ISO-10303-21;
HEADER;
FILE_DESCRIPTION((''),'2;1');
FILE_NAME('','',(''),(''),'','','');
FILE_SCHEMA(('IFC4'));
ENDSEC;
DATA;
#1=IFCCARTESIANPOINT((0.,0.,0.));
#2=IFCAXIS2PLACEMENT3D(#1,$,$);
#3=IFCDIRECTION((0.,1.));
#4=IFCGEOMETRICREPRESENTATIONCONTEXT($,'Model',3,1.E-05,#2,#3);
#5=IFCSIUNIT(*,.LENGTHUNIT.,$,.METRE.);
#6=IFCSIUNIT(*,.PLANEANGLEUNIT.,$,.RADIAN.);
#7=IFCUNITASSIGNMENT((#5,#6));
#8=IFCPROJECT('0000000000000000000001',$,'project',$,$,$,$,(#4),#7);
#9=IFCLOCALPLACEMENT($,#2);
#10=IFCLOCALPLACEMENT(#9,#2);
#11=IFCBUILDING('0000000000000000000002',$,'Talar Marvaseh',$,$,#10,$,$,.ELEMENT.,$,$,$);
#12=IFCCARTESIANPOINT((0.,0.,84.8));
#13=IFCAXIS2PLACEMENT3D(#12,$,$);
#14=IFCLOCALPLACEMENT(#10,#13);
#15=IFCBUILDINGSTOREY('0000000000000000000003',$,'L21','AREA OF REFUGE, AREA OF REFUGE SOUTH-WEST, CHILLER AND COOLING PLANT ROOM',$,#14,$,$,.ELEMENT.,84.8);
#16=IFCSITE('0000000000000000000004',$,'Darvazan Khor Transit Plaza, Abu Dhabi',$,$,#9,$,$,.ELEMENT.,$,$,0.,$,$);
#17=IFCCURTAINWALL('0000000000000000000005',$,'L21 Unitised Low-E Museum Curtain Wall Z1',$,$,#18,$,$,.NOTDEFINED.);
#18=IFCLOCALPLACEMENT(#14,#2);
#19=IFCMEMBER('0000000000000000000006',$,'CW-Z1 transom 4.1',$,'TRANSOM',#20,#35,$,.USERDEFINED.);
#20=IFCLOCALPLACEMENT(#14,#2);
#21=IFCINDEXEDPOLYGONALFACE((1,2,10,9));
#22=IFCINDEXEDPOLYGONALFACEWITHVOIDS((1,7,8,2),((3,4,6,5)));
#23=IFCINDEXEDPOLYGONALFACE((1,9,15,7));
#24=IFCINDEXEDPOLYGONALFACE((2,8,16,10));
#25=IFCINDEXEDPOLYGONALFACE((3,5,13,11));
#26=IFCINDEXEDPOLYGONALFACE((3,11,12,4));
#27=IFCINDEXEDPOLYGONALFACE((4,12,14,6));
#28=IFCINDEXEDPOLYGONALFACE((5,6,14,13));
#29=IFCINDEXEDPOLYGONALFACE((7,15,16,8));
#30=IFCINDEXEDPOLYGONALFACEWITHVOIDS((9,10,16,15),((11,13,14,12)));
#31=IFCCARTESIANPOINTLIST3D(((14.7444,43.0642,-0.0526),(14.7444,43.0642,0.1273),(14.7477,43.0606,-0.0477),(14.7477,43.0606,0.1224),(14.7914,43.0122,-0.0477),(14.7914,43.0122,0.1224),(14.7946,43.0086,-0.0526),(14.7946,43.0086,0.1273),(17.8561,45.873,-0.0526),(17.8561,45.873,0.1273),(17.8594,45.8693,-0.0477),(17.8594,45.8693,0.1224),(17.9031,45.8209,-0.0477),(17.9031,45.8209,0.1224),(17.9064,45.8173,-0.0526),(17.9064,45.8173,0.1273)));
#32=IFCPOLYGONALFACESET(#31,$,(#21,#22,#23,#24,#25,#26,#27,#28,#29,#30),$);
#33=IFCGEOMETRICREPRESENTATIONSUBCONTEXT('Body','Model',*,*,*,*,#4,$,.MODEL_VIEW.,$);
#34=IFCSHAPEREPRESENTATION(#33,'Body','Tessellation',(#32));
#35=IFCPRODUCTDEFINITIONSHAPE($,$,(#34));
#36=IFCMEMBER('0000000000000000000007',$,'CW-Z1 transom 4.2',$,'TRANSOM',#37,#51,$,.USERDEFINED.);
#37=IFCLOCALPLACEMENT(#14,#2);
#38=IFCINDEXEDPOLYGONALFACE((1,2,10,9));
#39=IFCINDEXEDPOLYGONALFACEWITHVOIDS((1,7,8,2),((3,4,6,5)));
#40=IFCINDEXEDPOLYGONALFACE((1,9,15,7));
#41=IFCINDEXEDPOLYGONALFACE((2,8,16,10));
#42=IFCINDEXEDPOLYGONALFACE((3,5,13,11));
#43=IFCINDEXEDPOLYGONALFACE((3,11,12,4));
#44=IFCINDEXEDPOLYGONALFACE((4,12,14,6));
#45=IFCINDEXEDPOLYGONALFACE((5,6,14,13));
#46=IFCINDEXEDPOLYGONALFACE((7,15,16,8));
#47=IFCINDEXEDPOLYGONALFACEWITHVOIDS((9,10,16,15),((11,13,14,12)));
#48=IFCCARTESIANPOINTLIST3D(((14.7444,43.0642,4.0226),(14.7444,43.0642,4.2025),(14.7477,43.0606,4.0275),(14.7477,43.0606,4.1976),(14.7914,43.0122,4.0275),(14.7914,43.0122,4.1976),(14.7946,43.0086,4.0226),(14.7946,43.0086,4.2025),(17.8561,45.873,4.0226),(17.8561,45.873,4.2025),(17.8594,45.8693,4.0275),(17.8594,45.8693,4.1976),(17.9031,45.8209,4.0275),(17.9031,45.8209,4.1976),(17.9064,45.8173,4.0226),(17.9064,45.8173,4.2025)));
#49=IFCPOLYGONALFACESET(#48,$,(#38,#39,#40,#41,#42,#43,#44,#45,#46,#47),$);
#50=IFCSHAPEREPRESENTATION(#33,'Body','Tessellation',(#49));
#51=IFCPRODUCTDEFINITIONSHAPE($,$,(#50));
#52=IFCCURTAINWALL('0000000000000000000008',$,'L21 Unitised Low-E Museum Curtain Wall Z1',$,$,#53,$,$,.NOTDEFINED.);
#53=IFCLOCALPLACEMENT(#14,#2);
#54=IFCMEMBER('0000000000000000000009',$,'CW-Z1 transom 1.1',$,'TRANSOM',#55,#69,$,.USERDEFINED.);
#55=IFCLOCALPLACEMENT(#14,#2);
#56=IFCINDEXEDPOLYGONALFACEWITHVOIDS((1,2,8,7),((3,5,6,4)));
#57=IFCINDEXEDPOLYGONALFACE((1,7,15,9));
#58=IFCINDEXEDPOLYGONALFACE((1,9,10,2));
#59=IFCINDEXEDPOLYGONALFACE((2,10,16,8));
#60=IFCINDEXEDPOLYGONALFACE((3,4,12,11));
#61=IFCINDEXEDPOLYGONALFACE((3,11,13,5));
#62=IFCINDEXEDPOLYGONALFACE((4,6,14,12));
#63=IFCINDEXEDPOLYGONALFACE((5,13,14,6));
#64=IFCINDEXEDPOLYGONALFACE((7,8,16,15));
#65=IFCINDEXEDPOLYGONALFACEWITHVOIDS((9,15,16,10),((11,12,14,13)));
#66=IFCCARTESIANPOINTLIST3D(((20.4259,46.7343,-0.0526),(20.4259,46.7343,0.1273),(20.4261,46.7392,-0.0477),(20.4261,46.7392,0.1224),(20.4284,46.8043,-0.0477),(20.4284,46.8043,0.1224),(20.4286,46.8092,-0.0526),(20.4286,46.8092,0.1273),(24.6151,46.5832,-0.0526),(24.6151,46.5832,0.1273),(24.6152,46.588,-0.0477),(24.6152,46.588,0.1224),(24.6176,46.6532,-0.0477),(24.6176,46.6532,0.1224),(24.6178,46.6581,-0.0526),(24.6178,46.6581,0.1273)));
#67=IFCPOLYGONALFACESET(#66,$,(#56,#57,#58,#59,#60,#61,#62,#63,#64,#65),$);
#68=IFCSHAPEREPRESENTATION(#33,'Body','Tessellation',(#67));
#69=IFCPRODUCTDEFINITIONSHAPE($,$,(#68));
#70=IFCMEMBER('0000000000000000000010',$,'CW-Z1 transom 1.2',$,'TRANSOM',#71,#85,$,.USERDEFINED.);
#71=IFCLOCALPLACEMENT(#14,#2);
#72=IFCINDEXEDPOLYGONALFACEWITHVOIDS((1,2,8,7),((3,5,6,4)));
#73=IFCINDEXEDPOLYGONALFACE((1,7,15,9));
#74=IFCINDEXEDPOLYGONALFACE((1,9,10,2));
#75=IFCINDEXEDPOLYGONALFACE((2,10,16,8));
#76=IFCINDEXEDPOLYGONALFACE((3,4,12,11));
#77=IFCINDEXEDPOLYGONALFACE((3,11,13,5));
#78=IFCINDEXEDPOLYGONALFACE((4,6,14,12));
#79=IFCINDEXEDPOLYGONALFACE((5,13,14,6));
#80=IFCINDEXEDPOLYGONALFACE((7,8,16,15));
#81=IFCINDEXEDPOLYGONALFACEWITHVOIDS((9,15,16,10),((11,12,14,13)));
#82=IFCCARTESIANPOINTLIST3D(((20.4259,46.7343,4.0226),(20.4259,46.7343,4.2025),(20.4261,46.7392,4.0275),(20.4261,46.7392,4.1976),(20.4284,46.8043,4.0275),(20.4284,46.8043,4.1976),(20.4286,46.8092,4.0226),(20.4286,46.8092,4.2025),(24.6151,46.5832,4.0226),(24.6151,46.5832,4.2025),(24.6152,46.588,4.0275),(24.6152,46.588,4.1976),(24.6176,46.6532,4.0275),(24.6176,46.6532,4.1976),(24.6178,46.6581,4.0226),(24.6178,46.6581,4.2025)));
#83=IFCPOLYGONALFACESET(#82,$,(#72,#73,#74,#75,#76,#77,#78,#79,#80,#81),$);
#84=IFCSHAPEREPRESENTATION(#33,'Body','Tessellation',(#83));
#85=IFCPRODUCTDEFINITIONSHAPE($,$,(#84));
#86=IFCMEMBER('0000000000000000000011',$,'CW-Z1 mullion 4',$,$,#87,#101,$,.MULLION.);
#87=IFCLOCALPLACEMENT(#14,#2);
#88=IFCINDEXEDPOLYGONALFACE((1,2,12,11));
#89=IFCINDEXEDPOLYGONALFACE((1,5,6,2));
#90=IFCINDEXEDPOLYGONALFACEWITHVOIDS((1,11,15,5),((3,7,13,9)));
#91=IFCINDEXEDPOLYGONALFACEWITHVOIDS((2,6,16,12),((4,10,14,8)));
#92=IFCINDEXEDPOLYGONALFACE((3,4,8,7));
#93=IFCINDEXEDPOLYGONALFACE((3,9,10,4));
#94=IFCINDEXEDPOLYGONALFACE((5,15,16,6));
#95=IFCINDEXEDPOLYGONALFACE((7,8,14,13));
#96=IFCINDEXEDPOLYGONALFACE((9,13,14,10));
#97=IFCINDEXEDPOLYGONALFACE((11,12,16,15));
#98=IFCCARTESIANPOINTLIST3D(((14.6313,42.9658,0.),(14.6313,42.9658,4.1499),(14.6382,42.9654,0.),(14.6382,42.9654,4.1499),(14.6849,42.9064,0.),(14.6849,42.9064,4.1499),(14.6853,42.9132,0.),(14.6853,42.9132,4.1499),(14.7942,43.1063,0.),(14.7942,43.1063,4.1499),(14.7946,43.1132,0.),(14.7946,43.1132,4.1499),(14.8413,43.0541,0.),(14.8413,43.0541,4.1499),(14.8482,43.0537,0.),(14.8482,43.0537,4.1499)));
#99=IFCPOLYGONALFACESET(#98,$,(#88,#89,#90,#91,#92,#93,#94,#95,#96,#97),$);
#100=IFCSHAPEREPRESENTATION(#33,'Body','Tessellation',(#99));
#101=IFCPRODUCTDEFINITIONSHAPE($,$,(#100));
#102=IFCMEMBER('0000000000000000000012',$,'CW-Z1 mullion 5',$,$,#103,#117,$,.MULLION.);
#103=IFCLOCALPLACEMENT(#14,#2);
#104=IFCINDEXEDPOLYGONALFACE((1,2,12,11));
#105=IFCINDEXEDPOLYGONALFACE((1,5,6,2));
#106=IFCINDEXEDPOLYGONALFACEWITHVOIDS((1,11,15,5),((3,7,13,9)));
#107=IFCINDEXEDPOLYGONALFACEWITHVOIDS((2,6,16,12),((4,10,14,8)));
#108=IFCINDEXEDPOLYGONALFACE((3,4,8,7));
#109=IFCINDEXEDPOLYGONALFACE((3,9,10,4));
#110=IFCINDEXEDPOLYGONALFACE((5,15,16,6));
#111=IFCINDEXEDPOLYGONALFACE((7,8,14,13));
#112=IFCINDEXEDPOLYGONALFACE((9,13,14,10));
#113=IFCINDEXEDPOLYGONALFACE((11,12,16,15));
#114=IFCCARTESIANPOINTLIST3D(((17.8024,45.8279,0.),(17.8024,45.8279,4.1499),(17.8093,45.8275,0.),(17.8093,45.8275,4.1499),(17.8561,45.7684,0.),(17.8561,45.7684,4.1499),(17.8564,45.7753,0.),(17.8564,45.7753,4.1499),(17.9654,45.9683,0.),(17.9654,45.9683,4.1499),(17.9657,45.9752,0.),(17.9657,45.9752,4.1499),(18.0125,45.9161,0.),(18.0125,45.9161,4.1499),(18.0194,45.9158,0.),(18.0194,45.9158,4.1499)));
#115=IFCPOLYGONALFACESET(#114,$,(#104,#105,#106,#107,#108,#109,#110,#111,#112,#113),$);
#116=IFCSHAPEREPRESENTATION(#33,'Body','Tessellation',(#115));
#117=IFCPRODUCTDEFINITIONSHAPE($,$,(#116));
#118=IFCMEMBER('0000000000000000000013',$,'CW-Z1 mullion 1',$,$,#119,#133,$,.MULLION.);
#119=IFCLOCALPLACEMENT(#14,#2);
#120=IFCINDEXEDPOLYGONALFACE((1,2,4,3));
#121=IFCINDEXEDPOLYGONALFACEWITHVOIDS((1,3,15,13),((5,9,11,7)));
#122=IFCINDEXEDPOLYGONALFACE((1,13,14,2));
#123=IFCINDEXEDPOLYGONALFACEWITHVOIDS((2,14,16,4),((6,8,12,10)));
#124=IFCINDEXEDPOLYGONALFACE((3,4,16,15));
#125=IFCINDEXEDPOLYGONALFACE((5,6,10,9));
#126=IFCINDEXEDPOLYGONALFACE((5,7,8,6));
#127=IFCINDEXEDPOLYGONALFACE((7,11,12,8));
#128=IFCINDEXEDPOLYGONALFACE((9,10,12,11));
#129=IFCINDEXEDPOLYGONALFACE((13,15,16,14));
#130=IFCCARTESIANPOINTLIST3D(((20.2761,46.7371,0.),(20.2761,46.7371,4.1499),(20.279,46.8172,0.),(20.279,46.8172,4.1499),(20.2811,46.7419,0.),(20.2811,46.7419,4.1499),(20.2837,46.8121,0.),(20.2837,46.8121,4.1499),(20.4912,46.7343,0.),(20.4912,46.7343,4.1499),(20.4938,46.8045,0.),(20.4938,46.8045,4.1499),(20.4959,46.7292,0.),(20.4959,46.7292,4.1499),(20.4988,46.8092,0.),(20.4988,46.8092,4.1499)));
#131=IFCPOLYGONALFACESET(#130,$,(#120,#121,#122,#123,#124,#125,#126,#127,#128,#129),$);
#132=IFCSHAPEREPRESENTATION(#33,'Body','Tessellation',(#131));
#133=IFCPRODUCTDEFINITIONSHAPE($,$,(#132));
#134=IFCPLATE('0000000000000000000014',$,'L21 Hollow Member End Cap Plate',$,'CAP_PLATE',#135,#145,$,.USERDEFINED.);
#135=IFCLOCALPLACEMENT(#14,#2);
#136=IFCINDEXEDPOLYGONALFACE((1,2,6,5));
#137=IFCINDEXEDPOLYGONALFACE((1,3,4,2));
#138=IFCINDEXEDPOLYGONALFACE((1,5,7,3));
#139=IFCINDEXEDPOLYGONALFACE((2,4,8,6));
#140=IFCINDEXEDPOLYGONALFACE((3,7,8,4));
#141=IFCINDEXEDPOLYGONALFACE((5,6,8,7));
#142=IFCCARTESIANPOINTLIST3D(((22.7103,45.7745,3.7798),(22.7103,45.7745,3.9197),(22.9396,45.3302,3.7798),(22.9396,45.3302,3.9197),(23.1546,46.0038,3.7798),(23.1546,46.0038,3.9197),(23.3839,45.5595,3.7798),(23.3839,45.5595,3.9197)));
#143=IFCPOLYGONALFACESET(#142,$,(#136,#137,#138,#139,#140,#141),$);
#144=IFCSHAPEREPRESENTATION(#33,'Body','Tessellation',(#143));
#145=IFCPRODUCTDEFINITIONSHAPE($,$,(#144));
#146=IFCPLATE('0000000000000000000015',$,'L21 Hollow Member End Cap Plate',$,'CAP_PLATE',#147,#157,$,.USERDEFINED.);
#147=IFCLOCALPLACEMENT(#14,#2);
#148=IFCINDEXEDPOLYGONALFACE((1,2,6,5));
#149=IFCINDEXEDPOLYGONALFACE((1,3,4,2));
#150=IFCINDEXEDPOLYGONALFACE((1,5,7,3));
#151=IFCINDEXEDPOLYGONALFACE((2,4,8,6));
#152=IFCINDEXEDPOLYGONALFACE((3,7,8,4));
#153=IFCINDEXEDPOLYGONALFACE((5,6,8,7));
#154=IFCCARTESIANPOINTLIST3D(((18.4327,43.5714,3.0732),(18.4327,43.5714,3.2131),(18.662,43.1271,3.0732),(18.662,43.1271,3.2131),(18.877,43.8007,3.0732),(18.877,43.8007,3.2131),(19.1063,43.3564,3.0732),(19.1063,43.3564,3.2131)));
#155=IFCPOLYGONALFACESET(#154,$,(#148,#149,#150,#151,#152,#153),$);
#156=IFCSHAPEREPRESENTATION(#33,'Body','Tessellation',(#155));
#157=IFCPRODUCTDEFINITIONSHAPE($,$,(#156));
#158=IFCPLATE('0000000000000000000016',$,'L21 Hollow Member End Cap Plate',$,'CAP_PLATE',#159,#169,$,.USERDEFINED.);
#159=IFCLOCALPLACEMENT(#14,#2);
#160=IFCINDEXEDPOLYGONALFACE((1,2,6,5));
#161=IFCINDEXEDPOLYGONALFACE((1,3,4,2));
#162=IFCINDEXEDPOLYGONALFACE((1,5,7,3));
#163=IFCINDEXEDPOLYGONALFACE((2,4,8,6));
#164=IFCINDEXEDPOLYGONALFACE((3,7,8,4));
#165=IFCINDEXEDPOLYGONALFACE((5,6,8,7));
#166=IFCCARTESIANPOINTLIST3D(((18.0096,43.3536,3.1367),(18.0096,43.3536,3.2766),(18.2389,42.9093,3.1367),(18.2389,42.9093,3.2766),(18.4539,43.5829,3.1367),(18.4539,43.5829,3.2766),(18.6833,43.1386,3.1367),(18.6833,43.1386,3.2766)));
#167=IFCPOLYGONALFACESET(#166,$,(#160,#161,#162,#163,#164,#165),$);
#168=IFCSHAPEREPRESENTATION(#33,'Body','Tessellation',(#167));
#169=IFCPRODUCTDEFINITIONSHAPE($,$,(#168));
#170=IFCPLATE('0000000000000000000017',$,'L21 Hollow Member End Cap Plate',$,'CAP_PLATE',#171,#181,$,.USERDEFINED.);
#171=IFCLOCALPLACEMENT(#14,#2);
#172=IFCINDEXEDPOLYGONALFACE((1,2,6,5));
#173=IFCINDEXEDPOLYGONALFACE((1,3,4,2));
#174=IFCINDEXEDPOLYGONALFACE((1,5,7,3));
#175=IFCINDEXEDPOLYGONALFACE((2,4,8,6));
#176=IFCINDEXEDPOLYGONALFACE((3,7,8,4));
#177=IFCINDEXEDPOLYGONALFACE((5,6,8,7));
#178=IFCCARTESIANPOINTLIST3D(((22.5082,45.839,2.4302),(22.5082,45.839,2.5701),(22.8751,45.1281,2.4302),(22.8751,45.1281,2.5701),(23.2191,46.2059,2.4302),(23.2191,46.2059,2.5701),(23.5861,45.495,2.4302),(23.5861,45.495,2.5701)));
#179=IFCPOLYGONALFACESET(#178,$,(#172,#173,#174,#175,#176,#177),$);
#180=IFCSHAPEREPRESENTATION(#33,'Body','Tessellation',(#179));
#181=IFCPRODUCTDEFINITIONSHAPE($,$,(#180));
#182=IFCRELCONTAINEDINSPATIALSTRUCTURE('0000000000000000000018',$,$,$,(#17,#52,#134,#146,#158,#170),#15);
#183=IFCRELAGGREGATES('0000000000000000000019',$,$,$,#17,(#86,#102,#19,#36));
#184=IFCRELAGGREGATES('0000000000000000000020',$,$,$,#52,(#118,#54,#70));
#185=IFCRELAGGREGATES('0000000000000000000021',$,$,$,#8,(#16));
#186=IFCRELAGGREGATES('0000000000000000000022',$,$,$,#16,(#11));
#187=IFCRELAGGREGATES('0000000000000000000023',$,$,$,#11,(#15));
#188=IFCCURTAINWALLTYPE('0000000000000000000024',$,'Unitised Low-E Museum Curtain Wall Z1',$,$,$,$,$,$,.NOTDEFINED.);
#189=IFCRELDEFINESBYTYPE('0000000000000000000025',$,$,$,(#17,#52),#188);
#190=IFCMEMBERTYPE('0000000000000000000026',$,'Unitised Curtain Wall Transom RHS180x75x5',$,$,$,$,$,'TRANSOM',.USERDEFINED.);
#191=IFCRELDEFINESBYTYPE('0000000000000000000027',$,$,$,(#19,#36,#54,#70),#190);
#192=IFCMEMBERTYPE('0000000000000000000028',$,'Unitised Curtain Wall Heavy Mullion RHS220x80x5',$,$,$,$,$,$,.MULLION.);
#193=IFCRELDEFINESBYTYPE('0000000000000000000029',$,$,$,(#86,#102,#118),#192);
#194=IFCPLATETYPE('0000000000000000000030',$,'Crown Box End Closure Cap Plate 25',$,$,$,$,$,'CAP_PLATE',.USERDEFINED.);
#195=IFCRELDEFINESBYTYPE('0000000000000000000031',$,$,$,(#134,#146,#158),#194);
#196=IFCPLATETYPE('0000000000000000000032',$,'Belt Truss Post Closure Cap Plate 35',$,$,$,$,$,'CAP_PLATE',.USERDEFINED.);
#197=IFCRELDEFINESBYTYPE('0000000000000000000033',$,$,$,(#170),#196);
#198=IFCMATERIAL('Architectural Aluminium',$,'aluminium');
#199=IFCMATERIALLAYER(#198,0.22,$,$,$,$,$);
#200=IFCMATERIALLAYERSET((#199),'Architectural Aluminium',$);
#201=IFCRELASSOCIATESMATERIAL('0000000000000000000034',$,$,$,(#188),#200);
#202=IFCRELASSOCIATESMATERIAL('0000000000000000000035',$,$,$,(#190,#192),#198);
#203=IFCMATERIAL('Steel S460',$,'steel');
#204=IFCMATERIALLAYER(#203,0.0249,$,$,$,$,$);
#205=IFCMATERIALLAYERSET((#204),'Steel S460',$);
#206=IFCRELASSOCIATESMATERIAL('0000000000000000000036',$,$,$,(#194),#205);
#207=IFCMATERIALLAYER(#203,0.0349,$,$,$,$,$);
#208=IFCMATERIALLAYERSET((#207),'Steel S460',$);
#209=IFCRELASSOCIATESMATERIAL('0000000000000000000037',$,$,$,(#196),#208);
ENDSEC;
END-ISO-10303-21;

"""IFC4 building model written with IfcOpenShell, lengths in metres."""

from ifc_helpers import new_model, si_unit, direction, frame, origin, origin_2d, place, context, subcontext, project, spatial, rectangle, hollow_rectangle, extrude, source, transform, mapped, material, layer, layer_set, material_profile, profile_set, type_object, type_shapes, element, aggregate, save


model = new_model("IFC4")

# Units and contexts
model_context = context("Model", 3, precision=1e-05, world=origin(), true_north=direction((0.0, 1.0)))
body_context = subcontext(model_context, "Body", "Model", "MODEL_VIEW")
ifc_project = project(units=[si_unit("LENGTHUNIT", "METRE"), si_unit("PLANEANGLEUNIT", "RADIAN")], contexts=[model_context])

# Site, building, storey
site_placement = place(None, origin())
site = spatial("IfcSite", under=ifc_project, at=site_placement, Name="Darvazan Khor Transit Plaza, Abu Dhabi", CompositionType="ELEMENT", RefElevation=0.0)
building_placement = place(site_placement, origin())
building = spatial("IfcBuilding", under=site, at=building_placement, Name="Talar Marvaseh", CompositionType="ELEMENT")
storey_placement = place(building_placement, frame((0.0, 0.0, 84.8)))
storey = spatial("IfcBuildingStorey", under=building, at=storey_placement, Name="L21", Description="AREA OF REFUGE, AREA OF REFUGE SOUTH-WEST, CHILLER AND COOLING PLANT ROOM", CompositionType="ELEMENT", Elevation=84.8)

# Shared definitions
ifc_material_1 = material(Name="Steel S460", Category="steel")

# Curtain walls, members
ifc_material_2 = material(Name="Architectural Aluminium", Category="aluminium")
ifc_layer_1 = layer(ifc_material_2, 0.22)
ifc_layer_set_1 = layer_set([ifc_layer_1], Name="Architectural Aluminium")
curtain_wall_type = type_object("IfcCurtainWallType", Name="Unitised Low-E Museum Curtain Wall Z1", PredefinedType="NOTDEFINED", material=ifc_layer_set_1)
curtain_wall_1_placement = place(storey_placement, origin())
curtain_wall_1 = element("IfcCurtainWall", 1, at=curtain_wall_1_placement, inside=storey, type_object=curtain_wall_type, Name="L21 Unitised Low-E Museum Curtain Wall Z1", PredefinedType="NOTDEFINED")
ifc_material_profile_1 = material_profile(ifc_material_2, hollow_rectangle(XDim=0.075, YDim=0.1799, WallThickness=0.0049, at=origin_2d()), Name="RHS180x75x5")
ifc_profile_set_1 = profile_set([ifc_material_profile_1], Name="Architectural Aluminium")
member_type_1 = type_object("IfcMemberType", Name="Unitised Curtain Wall Transom RHS180x75x5", ElementType="TRANSOM", PredefinedType="USERDEFINED", material=ifc_profile_set_1)
shared_shape_1 = source(origin(), body_context, "Body", "SweptSolid", [
    extrude(hollow_rectangle(XDim=0.075, YDim=0.1799, WallThickness=0.0049, at=origin_2d()), origin(), (0.0, 0.0, 1.0), 4.1919),
])
type_shapes(member_type_1, [shared_shape_1])
member_1_placement = place(storey_placement, frame((14.7695, 43.0364, 0.0374), z_axis=(0.74232, 0.670045, 0.0), x_axis=(-0.670045, 0.74232, 0.0)))
member_1 = element("IfcMember", 2, at=member_1_placement, type_object=member_type_1, Name="CW-Z1 transom 4.1", ObjectType="TRANSOM", PredefinedType="USERDEFINED", context=body_context, shape_type="MappedRepresentation", body=[
    mapped(shared_shape_1, transform((0.0, 0.0, 0.0), x_axis=(1.0, 0.0, 0.0), y_axis=(0.0, 1.0, 0.0), z_axis=(0.0, 0.0, 1.0), scale=1.0)),
])
member_2_placement = place(storey_placement, frame((14.7695, 43.0364, 4.1125), z_axis=(0.74232, 0.670045, 0.0), x_axis=(-0.670045, 0.74232, 0.0)))
member_2 = element("IfcMember", 3, at=member_2_placement, type_object=member_type_1, Name="CW-Z1 transom 4.2", ObjectType="TRANSOM", PredefinedType="USERDEFINED", context=body_context, shape_type="MappedRepresentation", body=[
    mapped(shared_shape_1, transform((0.0, 0.0, 0.0), x_axis=(1.0, 0.0, 0.0), y_axis=(0.0, 1.0, 0.0), z_axis=(0.0, 0.0, 1.0), scale=1.0)),
])
curtain_wall_2_placement = place(storey_placement, origin())
curtain_wall_2 = element("IfcCurtainWall", 4, at=curtain_wall_2_placement, inside=storey, type_object=curtain_wall_type, Name="L21 Unitised Low-E Museum Curtain Wall Z1", PredefinedType="NOTDEFINED")
member_3_placement = place(storey_placement, frame((20.4272, 46.7717, 0.0374), z_axis=(0.99935, -0.036051, 0.0), x_axis=(0.036051, 0.99935, 0.0)))
member_3 = element("IfcMember", 5, at=member_3_placement, type_object=member_type_1, Name="CW-Z1 transom 1.1", ObjectType="TRANSOM", PredefinedType="USERDEFINED", context=body_context, shape_type="MappedRepresentation", body=[
    mapped(shared_shape_1, transform((0.0, 0.0, 0.0), x_axis=(1.0, 0.0, 0.0), y_axis=(0.0, 1.0, 0.0), z_axis=(0.0, 0.0, 1.0), scale=1.0)),
])
member_4_placement = place(storey_placement, frame((20.4272, 46.7717, 4.1125), z_axis=(0.99935, -0.036051, 0.0), x_axis=(0.036051, 0.99935, 0.0)))
member_4 = element("IfcMember", 6, at=member_4_placement, type_object=member_type_1, Name="CW-Z1 transom 1.2", ObjectType="TRANSOM", PredefinedType="USERDEFINED", context=body_context, shape_type="MappedRepresentation", body=[
    mapped(shared_shape_1, transform((0.0, 0.0, 0.0), x_axis=(1.0, 0.0, 0.0), y_axis=(0.0, 1.0, 0.0), z_axis=(0.0, 0.0, 1.0), scale=1.0)),
])

# Members
ifc_material_profile_2 = material_profile(ifc_material_2, hollow_rectangle(XDim=0.0801, YDim=0.22, WallThickness=0.0049, at=origin_2d()), Name="RHS220x80x5")
ifc_profile_set_2 = profile_set([ifc_material_profile_2], Name="Architectural Aluminium")
member_type_2 = type_object("IfcMemberType", Name="Unitised Curtain Wall Heavy Mullion RHS220x80x5", PredefinedType="MULLION", material=ifc_profile_set_2)
shared_shape_2 = source(origin(), body_context, "Body", "SweptSolid", [
    extrude(hollow_rectangle(XDim=0.0801, YDim=0.22, WallThickness=0.0049, at=origin_2d()), origin(), (0.0, 0.0, 1.0), 4.1499),
])
type_shapes(member_type_2, [shared_shape_2])
member_5_placement = place(storey_placement, frame((14.7397, 43.0098, 0.0), z_axis=(0.0, 0.0, 1.0), x_axis=(-0.670011, 0.742351, 0.0)))
member_5 = element("IfcMember", 7, at=member_5_placement, type_object=member_type_2, Name="CW-Z1 mullion 4", PredefinedType="MULLION", context=body_context, shape_type="MappedRepresentation", body=[
    mapped(shared_shape_2, transform((0.0, 0.0, 0.0), x_axis=(1.0, 0.0, 0.0), y_axis=(0.0, 1.0, 0.0), z_axis=(0.0, 0.0, 1.0), scale=1.0)),
])
member_6_placement = place(storey_placement, frame((17.9109, 45.8718, 0.0), z_axis=(0.0, 0.0, 1.0), x_axis=(-0.670011, 0.742351, 0.0)))
member_6 = element("IfcMember", 8, at=member_6_placement, type_object=member_type_2, Name="CW-Z1 mullion 5", PredefinedType="MULLION", context=body_context, shape_type="MappedRepresentation", body=[
    mapped(shared_shape_2, transform((0.0, 0.0, 0.0), x_axis=(1.0, 0.0, 0.0), y_axis=(0.0, 1.0, 0.0), z_axis=(0.0, 0.0, 1.0), scale=1.0)),
])
member_7_placement = place(storey_placement, frame((20.3875, 46.7732, 0.0), z_axis=(0.0, 0.0, 1.0), x_axis=(0.036081, 0.999349, 0.0)))
member_7 = element("IfcMember", 9, at=member_7_placement, type_object=member_type_2, Name="CW-Z1 mullion 1", PredefinedType="MULLION", context=body_context, shape_type="MappedRepresentation", body=[
    mapped(shared_shape_2, transform((0.0, 0.0, 0.0), x_axis=(1.0, 0.0, 0.0), y_axis=(0.0, 1.0, 0.0), z_axis=(0.0, 0.0, 1.0), scale=1.0)),
])

# Plates
ifc_layer_2 = layer(ifc_material_1, 0.0249)
ifc_layer_set_2 = layer_set([ifc_layer_2], Name="Steel S460")
plate_type_1 = type_object("IfcPlateType", Name="Crown Box End Closure Cap Plate 25", ElementType="CAP_PLATE", PredefinedType="USERDEFINED", material=ifc_layer_set_2)
shared_shape_3 = source(origin(), body_context, "Body", "SweptSolid", [
    extrude(rectangle(XDim=0.5, YDim=0.5, at=origin_2d()), origin(), (0.0, 0.0, 1.0), 0.1399),
])
type_shapes(plate_type_1, [shared_shape_3])
for number, where, z_axis, x_axis, name in (
    (10, (23.0471, 45.667, 3.7798), (0.0, 0.0, 1.0), (0.888617, 0.45865, 0.0), "L21 Hollow Member End Cap Plate"),
    (11, (18.7695, 43.4639, 3.0732), (0.0, 0.0, 1.0), (-0.888617, -0.45865, 0.0), "L21 Hollow Member End Cap Plate"),
    (12, (18.3464, 43.2461, 3.1367), (0.0, 0.0, 1.0), (-0.888617, -0.45865, 0.0), "L21 Hollow Member End Cap Plate"),
):
    element("IfcPlate", number, at=place(storey_placement, frame(where, z_axis=z_axis, x_axis=x_axis)), inside=storey, type_object=plate_type_1, Name=name, ObjectType="CAP_PLATE", PredefinedType="USERDEFINED", context=body_context, shape_type="MappedRepresentation", body=[
        mapped(shared_shape_3, transform((0.0, 0.0, 0.0), x_axis=(1.0, 0.0, 0.0), y_axis=(0.0, 1.0, 0.0), z_axis=(0.0, 0.0, 1.0), scale=1.0)),
    ])
ifc_layer_3 = layer(ifc_material_1, 0.0349)
ifc_layer_set_3 = layer_set([ifc_layer_3], Name="Steel S460")
plate_type_2 = type_object("IfcPlateType", Name="Belt Truss Post Closure Cap Plate 35", ElementType="CAP_PLATE", PredefinedType="USERDEFINED", material=ifc_layer_set_3)
shared_shape_4 = source(origin(), body_context, "Body", "SweptSolid", [
    extrude(rectangle(XDim=0.8, YDim=0.8, at=origin_2d()), origin(), (0.0, 0.0, 1.0), 0.1399),
])
plate_1_placement = place(storey_placement, frame((23.0471, 45.667, 2.4302), z_axis=(0.0, 0.0, 1.0), x_axis=(0.888617, 0.45865, 0.0)))
element("IfcPlate", 13, at=plate_1_placement, inside=storey, type_object=plate_type_2, Name="L21 Hollow Member End Cap Plate", ObjectType="CAP_PLATE", PredefinedType="USERDEFINED", context=body_context, shape_type="MappedRepresentation", body=[
    mapped(shared_shape_4, transform((0.0, 0.0, 0.0), x_axis=(1.0, 0.0, 0.0), y_axis=(0.0, 1.0, 0.0), z_axis=(0.0, 0.0, 1.0), scale=1.0)),
])

aggregate(curtain_wall_1, [member_5, member_6, member_1, member_2])
aggregate(curtain_wall_2, [member_7, member_3, member_4])

save(model, "model.ifc")
